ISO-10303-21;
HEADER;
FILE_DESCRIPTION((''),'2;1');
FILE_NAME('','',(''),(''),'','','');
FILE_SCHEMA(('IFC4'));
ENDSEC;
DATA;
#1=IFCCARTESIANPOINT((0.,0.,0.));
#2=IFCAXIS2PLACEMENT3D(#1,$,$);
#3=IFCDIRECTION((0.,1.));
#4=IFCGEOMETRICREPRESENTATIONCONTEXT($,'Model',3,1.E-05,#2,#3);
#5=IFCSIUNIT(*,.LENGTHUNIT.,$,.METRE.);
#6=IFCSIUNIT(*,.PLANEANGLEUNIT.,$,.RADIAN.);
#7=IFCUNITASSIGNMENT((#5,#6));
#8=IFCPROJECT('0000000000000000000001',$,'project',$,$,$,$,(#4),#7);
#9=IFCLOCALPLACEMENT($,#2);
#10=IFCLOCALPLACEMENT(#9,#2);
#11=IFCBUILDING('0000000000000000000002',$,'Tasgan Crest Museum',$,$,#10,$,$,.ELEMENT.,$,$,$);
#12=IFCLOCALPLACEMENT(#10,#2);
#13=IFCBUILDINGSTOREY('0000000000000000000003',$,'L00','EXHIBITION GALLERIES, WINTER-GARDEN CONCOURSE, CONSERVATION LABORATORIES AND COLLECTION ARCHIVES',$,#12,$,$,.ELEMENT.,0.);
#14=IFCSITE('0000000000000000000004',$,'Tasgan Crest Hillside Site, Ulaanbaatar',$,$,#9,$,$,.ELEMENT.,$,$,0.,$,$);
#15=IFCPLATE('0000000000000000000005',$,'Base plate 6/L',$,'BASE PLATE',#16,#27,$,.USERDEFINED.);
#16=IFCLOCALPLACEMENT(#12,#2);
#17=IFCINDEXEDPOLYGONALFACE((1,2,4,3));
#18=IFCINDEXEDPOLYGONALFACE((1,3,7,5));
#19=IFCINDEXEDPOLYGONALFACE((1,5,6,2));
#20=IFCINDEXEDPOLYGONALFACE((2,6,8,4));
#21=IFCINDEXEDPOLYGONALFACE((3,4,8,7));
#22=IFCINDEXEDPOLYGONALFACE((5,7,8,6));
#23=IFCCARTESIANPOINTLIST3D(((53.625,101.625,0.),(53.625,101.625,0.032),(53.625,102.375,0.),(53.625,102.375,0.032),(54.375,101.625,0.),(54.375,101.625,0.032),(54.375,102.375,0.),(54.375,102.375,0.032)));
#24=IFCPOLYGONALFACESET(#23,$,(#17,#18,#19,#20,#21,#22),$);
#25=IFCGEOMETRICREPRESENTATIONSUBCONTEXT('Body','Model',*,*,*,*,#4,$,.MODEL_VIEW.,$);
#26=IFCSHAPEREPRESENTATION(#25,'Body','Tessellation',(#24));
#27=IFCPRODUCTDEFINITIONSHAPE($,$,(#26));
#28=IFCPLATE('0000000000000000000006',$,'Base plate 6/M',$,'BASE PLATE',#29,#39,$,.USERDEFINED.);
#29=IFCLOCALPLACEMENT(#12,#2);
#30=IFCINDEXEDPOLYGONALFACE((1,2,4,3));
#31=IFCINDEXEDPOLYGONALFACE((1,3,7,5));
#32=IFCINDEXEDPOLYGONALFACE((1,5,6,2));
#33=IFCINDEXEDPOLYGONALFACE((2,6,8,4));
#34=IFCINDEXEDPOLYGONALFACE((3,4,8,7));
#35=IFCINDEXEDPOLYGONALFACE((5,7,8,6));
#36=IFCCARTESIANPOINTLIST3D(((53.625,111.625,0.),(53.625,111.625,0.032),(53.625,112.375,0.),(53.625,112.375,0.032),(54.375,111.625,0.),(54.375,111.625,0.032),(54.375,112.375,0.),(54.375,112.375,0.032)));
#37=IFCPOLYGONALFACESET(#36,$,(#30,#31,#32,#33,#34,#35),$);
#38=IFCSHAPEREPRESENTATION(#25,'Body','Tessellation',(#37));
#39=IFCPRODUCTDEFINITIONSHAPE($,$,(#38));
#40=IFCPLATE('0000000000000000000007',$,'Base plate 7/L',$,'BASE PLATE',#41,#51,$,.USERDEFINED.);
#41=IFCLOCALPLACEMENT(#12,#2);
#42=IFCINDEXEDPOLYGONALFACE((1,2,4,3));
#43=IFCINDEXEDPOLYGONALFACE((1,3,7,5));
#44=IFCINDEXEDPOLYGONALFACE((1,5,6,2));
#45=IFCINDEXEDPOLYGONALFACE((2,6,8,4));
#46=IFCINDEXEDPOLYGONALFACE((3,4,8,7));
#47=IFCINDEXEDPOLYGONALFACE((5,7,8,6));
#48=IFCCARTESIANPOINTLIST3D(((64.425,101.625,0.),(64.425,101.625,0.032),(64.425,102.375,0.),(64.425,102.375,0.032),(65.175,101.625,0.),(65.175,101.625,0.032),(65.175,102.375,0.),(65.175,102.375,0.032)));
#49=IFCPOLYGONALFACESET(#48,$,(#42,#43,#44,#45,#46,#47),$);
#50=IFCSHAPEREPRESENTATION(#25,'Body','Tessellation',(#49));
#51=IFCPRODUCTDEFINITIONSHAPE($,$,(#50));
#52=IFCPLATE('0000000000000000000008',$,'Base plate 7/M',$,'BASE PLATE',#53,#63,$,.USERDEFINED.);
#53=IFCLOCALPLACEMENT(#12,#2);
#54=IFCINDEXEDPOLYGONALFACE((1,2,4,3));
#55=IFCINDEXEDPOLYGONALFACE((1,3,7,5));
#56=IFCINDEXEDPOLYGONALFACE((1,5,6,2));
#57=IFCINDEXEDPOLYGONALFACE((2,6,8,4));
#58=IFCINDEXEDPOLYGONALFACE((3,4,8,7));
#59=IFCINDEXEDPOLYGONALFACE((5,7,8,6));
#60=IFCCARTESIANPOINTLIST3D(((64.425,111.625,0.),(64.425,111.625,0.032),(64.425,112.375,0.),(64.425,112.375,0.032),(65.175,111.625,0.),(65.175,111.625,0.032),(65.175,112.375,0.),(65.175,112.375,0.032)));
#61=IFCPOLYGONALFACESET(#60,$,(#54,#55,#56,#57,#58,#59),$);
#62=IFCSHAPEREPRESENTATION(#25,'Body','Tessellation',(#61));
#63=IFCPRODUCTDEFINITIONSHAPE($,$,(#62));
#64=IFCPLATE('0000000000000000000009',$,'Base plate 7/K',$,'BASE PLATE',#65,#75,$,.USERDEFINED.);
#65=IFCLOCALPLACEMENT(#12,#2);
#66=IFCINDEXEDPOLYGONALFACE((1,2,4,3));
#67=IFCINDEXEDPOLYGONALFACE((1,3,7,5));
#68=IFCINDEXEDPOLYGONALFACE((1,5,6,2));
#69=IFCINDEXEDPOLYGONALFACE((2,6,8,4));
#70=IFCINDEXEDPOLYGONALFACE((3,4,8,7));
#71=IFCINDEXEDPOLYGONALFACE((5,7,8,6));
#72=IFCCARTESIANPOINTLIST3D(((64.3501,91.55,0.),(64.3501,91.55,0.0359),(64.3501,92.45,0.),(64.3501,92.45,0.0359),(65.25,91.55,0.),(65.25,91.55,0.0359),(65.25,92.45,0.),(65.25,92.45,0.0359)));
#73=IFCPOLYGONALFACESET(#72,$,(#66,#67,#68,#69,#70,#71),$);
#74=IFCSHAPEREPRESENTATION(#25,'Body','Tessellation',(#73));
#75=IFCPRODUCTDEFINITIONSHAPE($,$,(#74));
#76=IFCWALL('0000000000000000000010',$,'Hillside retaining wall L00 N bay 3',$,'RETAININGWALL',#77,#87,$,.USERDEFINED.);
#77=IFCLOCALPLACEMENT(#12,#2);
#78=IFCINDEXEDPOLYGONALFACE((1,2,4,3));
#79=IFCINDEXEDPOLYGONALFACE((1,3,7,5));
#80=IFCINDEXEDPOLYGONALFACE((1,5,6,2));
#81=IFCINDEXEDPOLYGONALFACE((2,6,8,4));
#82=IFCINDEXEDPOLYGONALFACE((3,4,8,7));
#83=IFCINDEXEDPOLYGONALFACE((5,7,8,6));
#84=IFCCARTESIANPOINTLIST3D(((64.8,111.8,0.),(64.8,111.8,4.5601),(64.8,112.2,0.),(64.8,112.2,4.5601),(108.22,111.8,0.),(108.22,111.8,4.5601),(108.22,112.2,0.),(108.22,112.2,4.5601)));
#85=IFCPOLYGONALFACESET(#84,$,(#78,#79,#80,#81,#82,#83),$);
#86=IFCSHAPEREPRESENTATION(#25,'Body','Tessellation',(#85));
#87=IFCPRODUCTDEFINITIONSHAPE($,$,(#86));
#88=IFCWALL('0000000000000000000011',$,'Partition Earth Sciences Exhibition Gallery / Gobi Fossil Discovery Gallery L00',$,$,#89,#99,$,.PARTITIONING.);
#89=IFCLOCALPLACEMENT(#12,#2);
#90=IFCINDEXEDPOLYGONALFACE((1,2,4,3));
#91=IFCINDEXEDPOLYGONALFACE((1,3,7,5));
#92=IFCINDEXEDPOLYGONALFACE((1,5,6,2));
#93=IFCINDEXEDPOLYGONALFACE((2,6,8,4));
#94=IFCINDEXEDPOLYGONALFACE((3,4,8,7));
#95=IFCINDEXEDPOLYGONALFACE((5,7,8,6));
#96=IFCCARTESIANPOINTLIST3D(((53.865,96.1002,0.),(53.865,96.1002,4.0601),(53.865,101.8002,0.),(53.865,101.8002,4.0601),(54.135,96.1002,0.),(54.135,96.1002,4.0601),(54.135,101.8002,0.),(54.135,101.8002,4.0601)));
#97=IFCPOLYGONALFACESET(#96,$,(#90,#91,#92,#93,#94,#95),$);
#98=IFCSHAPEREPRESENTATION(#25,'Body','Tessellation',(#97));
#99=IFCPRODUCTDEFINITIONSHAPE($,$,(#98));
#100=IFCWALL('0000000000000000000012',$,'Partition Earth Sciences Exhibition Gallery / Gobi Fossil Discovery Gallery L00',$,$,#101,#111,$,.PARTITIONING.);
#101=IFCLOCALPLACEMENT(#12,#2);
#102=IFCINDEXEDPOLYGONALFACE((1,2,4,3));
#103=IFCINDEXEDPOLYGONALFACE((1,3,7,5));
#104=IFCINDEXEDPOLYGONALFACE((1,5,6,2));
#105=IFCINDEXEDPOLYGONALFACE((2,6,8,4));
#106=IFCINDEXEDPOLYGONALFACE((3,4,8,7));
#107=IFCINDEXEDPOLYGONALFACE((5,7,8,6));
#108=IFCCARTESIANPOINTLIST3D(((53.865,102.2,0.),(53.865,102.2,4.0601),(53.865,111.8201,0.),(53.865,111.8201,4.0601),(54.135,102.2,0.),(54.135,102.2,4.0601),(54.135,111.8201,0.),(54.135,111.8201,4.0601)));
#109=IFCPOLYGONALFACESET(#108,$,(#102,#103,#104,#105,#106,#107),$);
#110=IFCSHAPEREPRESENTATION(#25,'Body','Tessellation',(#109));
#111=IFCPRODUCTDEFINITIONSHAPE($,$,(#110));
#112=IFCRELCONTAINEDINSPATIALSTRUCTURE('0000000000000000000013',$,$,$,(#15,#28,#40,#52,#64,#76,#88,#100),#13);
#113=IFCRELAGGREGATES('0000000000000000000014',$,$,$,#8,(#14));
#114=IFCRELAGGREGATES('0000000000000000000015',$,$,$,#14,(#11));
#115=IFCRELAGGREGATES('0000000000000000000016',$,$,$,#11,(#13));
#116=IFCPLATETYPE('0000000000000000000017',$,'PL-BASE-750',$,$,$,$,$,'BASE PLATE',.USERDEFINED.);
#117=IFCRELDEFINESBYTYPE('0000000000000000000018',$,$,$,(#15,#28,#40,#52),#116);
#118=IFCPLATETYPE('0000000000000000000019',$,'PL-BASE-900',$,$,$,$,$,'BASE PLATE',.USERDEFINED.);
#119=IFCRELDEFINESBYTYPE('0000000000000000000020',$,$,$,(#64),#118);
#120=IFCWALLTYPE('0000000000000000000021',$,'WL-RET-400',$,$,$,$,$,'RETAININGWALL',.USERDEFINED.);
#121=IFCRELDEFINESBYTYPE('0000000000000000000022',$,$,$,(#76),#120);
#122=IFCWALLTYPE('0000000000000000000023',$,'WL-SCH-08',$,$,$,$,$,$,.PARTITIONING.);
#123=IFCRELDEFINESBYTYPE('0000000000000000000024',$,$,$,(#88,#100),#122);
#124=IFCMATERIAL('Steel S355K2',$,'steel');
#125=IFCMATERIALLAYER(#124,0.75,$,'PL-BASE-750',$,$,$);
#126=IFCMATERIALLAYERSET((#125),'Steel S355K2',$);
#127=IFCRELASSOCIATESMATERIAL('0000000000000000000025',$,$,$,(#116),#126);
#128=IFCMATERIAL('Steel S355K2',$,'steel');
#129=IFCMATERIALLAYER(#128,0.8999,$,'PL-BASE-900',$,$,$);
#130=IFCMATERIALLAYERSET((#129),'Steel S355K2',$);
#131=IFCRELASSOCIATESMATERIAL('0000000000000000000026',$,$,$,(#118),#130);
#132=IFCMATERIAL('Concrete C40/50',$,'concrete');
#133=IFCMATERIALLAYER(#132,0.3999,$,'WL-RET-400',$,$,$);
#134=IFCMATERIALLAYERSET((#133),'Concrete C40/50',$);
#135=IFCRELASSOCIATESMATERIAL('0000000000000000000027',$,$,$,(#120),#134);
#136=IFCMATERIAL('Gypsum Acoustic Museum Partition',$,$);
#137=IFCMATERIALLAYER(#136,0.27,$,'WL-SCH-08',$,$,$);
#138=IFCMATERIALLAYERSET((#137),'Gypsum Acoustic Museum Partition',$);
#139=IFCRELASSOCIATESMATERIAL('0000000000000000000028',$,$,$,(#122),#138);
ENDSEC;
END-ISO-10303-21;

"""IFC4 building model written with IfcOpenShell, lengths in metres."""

from ifc_helpers import new_model, si_unit, direction, frame, frame_2d, origin, origin_2d, place, context, subcontext, project, spatial, rectangle, extrude, material, layer, layer_set, type_object, element, save


model = new_model("IFC4")

# Units and contexts
model_context = context("Model", 3, precision=1e-05, world=origin(), true_north=direction((0.0, 1.0)))
body_context = subcontext(model_context, "Body", "Model", "MODEL_VIEW")
ifc_project = project(units=[si_unit("LENGTHUNIT", "METRE"), si_unit("PLANEANGLEUNIT", "RADIAN")], contexts=[model_context])

# Site, building, storey
site_placement = place(None, origin())
site = spatial("IfcSite", under=ifc_project, at=site_placement, Name="Tasgan Crest Hillside Site, Ulaanbaatar", CompositionType="ELEMENT", RefElevation=0.0)
building_placement = place(site_placement, origin())
building = spatial("IfcBuilding", under=site, at=building_placement, Name="Tasgan Crest Museum", CompositionType="ELEMENT")
storey_placement = place(building_placement, origin())
storey = spatial("IfcBuildingStorey", under=building, at=storey_placement, Name="L00", Description="EXHIBITION GALLERIES, WINTER-GARDEN CONCOURSE, CONSERVATION LABORATORIES AND COLLECTION ARCHIVES", CompositionType="ELEMENT", Elevation=0.0)

# Plates
ifc_material_1 = material(Name="Steel S355K2", Category="steel")
ifc_layer_1 = layer(ifc_material_1, 0.75, Name="PL-BASE-750")
ifc_layer_set_1 = layer_set([ifc_layer_1], Name="Steel S355K2")
plate_type_1 = type_object("IfcPlateType", Name="PL-BASE-750", ElementType="BASE PLATE", PredefinedType="USERDEFINED", material=ifc_layer_set_1)
for number, where, z_axis, x_axis, name in (
    (1, (54.0, 102.0, 0.0), (0.0, 0.0, 1.0), (1.0, 0.0, 0.0), "Base plate 6/L"),
    (2, (54.0, 112.0, 0.0), (0.0, 0.0, 1.0), (1.0, 0.0, 0.0), "Base plate 6/M"),
    (3, (64.8, 102.0, 0.0), (0.0, 0.0, 1.0), (1.0, 0.0, 0.0), "Base plate 7/L"),
    (4, (64.8, 112.0, 0.0), (0.0, 0.0, 1.0), (1.0, 0.0, 0.0), "Base plate 7/M"),
):
    element("IfcPlate", number, at=place(storey_placement, frame(where, z_axis=z_axis, x_axis=x_axis)), inside=storey, type_object=plate_type_1, Name=name, ObjectType="BASE PLATE", PredefinedType="USERDEFINED", context=body_context, shape_type="SweptSolid", body=[
        extrude(rectangle(XDim=0.75, YDim=0.75, at=origin_2d()), origin(), (0.0, 0.0, 1.0), 0.032),
    ])
ifc_material_2 = material(Name="Steel S355K2", Category="steel")
ifc_layer_2 = layer(ifc_material_2, 0.8999, Name="PL-BASE-900")
ifc_layer_set_2 = layer_set([ifc_layer_2], Name="Steel S355K2")
plate_type_2 = type_object("IfcPlateType", Name="PL-BASE-900", ElementType="BASE PLATE", PredefinedType="USERDEFINED", material=ifc_layer_set_2)
plate_placement = place(storey_placement, frame((64.8, 92.0, 0.0), z_axis=(0.0, 0.0, 1.0), x_axis=(1.0, 0.0, 0.0)))
element("IfcPlate", 5, at=plate_placement, inside=storey, type_object=plate_type_2, Name="Base plate 7/K", ObjectType="BASE PLATE", PredefinedType="USERDEFINED", context=body_context, shape_type="SweptSolid", body=[
    extrude(rectangle(XDim=0.8999, YDim=0.8999, at=origin_2d()), origin(), (0.0, 0.0, 1.0), 0.0359),
])

# Walls
ifc_material_3 = material(Name="Concrete C40/50", Category="concrete")
ifc_layer_3 = layer(ifc_material_3, 0.3999, Name="WL-RET-400")
ifc_layer_set_3 = layer_set([ifc_layer_3], Name="Concrete C40/50")
wall_type_1 = type_object("IfcWallType", Name="WL-RET-400", ElementType="RETAININGWALL", PredefinedType="USERDEFINED", material=ifc_layer_set_3)
wall_1_placement = place(storey_placement, frame((64.8, 112.0, 0.0), z_axis=(0.0, 0.0, 1.0), x_axis=(1.0, 0.0, 0.0)))
element("IfcWall", 6, at=wall_1_placement, inside=storey, type_object=wall_type_1, Name="Hillside retaining wall L00 N bay 3", ObjectType="RETAININGWALL", PredefinedType="USERDEFINED", context=body_context, shape_type="SweptSolid", body=[
    extrude(rectangle(XDim=43.4199, YDim=0.3999, at=frame_2d((21.71, 0.0))), origin(), (0.0, 0.0, 1.0), 4.5601),
])
ifc_material_4 = material(Name="Gypsum Acoustic Museum Partition")
ifc_layer_4 = layer(ifc_material_4, 0.27, Name="WL-SCH-08")
ifc_layer_set_4 = layer_set([ifc_layer_4], Name="Gypsum Acoustic Museum Partition")
wall_type_2 = type_object("IfcWallType", Name="WL-SCH-08", PredefinedType="PARTITIONING", material=ifc_layer_set_4)
wall_2_placement = place(storey_placement, frame((54.0, 96.1001, 0.0), z_axis=(0.0, 0.0, 1.0), x_axis=(0.0, 1.0, 0.0)))
element("IfcWall", 7, at=wall_2_placement, inside=storey, type_object=wall_type_2, Name="Partition Earth Sciences Exhibition Gallery / Gobi Fossil Discovery Gallery L00", PredefinedType="PARTITIONING", context=body_context, shape_type="SweptSolid", body=[
    extrude(rectangle(XDim=5.7, YDim=0.27, at=frame_2d((2.8501, 0.0))), origin(), (0.0, 0.0, 1.0), 4.0601),
])
wall_3_placement = place(storey_placement, frame((54.0, 102.2, 0.0), z_axis=(0.0, 0.0, 1.0), x_axis=(0.0, 1.0, 0.0)))
element("IfcWall", 8, at=wall_3_placement, inside=storey, type_object=wall_type_2, Name="Partition Earth Sciences Exhibition Gallery / Gobi Fossil Discovery Gallery L00", PredefinedType="PARTITIONING", context=body_context, shape_type="SweptSolid", body=[
    extrude(rectangle(XDim=9.6201, YDim=0.27, at=frame_2d((4.8101, 0.0))), origin(), (0.0, 0.0, 1.0), 4.0601),
])

save(model, "model.ifc")
